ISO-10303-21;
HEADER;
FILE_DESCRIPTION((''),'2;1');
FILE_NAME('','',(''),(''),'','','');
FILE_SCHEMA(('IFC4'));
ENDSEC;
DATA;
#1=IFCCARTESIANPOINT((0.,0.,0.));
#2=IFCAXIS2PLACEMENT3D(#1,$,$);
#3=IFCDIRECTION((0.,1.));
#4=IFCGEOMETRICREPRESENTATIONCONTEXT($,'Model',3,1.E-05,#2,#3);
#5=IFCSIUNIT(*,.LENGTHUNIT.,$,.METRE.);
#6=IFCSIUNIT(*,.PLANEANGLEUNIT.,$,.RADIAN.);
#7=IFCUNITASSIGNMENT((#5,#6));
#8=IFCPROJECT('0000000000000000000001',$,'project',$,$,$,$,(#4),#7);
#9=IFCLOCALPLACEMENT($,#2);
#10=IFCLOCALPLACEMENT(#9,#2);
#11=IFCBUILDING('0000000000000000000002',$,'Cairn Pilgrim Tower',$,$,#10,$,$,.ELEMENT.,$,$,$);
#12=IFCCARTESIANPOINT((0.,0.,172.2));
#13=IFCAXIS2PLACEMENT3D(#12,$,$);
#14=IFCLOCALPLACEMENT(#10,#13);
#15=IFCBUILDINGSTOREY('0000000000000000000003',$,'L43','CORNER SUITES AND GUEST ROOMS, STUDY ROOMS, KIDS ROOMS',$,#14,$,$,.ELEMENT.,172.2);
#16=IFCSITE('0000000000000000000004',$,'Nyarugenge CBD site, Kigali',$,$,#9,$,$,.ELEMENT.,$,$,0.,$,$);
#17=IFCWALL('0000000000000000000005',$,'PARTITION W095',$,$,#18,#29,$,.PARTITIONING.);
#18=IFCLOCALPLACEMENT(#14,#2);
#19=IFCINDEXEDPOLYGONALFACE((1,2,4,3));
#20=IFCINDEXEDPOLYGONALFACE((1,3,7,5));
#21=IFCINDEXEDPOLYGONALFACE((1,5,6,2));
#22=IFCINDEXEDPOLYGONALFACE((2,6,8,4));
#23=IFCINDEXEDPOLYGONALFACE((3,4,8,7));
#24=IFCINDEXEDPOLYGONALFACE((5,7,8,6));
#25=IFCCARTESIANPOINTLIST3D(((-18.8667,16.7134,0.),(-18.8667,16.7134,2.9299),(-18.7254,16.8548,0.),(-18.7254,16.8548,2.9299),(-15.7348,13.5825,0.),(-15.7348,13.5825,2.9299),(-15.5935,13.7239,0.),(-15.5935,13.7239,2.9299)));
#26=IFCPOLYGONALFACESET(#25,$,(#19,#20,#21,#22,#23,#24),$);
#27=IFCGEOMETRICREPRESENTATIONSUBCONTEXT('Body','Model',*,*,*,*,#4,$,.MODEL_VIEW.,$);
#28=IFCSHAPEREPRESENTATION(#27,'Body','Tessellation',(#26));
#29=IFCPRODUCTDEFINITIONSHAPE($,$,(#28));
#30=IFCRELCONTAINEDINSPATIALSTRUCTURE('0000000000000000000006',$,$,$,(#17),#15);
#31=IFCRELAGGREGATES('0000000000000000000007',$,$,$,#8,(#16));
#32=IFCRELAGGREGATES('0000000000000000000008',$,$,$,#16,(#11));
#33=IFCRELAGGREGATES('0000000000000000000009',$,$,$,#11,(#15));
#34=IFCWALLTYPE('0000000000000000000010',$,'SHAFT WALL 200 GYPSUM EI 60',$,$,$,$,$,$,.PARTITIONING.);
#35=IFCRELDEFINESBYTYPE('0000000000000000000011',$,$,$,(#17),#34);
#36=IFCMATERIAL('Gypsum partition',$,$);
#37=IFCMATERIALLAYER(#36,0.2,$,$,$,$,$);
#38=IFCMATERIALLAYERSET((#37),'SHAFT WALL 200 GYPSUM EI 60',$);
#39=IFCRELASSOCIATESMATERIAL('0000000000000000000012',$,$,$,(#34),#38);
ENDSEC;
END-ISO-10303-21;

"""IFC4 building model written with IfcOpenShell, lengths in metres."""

from ifc_helpers import new_model, si_unit, direction, frame, frame_2d, origin, place, context, subcontext, project, spatial, rectangle, extrude, material, layer, layer_set, type_object, element, save


model = new_model("IFC4")

# Units and contexts
model_context = context("Model", 3, precision=1e-05, world=origin(), true_north=direction((0.0, 1.0)))
body_context = subcontext(model_context, "Body", "Model", "MODEL_VIEW")
ifc_project = project(units=[si_unit("LENGTHUNIT", "METRE"), si_unit("PLANEANGLEUNIT", "RADIAN")], contexts=[model_context])

# Site, building, storey
site_placement = place(None, origin())
site = spatial("IfcSite", under=ifc_project, at=site_placement, Name="Nyarugenge CBD site, Kigali", CompositionType="ELEMENT", RefElevation=0.0)
building_placement = place(site_placement, origin())
building = spatial("IfcBuilding", under=site, at=building_placement, Name="Cairn Pilgrim Tower", CompositionType="ELEMENT")
storey_placement = place(building_placement, frame((0.0, 0.0, 172.2)))
storey = spatial("IfcBuildingStorey", under=building, at=storey_placement, Name="L43", Description="CORNER SUITES AND GUEST ROOMS, STUDY ROOMS, KIDS ROOMS", CompositionType="ELEMENT", Elevation=172.2)

# Shared definitions
ifc_material_1 = material(Name="Gypsum partition")

# Wall
ifc_layer_1 = layer(ifc_material_1, 0.2)
ifc_layer_set_1 = layer_set([ifc_layer_1], Name="SHAFT WALL 200 GYPSUM EI 60")
wall_type_1 = type_object("IfcWallType", Name="SHAFT WALL 200 GYPSUM EI 60", PredefinedType="PARTITIONING", material=ifc_layer_set_1)
wall_1_placement = place(storey_placement, frame((-15.6641, 13.6531, 0.0), z_axis=(0.0, 0.0, 1.0), x_axis=(-0.707217, 0.706997, 0.0)))
element("IfcWall", 1, at=wall_1_placement, inside=storey, type_object=wall_type_1, Name="PARTITION W095", PredefinedType="PARTITIONING", context=body_context, shape_type="SweptSolid", body=[
    extrude(rectangle(XDim=4.4285, YDim=0.2, at=frame_2d((2.2144, 0.0))), origin(), (0.0, 0.0, 1.0), 2.9299),
])

save(model, "model.ifc")
